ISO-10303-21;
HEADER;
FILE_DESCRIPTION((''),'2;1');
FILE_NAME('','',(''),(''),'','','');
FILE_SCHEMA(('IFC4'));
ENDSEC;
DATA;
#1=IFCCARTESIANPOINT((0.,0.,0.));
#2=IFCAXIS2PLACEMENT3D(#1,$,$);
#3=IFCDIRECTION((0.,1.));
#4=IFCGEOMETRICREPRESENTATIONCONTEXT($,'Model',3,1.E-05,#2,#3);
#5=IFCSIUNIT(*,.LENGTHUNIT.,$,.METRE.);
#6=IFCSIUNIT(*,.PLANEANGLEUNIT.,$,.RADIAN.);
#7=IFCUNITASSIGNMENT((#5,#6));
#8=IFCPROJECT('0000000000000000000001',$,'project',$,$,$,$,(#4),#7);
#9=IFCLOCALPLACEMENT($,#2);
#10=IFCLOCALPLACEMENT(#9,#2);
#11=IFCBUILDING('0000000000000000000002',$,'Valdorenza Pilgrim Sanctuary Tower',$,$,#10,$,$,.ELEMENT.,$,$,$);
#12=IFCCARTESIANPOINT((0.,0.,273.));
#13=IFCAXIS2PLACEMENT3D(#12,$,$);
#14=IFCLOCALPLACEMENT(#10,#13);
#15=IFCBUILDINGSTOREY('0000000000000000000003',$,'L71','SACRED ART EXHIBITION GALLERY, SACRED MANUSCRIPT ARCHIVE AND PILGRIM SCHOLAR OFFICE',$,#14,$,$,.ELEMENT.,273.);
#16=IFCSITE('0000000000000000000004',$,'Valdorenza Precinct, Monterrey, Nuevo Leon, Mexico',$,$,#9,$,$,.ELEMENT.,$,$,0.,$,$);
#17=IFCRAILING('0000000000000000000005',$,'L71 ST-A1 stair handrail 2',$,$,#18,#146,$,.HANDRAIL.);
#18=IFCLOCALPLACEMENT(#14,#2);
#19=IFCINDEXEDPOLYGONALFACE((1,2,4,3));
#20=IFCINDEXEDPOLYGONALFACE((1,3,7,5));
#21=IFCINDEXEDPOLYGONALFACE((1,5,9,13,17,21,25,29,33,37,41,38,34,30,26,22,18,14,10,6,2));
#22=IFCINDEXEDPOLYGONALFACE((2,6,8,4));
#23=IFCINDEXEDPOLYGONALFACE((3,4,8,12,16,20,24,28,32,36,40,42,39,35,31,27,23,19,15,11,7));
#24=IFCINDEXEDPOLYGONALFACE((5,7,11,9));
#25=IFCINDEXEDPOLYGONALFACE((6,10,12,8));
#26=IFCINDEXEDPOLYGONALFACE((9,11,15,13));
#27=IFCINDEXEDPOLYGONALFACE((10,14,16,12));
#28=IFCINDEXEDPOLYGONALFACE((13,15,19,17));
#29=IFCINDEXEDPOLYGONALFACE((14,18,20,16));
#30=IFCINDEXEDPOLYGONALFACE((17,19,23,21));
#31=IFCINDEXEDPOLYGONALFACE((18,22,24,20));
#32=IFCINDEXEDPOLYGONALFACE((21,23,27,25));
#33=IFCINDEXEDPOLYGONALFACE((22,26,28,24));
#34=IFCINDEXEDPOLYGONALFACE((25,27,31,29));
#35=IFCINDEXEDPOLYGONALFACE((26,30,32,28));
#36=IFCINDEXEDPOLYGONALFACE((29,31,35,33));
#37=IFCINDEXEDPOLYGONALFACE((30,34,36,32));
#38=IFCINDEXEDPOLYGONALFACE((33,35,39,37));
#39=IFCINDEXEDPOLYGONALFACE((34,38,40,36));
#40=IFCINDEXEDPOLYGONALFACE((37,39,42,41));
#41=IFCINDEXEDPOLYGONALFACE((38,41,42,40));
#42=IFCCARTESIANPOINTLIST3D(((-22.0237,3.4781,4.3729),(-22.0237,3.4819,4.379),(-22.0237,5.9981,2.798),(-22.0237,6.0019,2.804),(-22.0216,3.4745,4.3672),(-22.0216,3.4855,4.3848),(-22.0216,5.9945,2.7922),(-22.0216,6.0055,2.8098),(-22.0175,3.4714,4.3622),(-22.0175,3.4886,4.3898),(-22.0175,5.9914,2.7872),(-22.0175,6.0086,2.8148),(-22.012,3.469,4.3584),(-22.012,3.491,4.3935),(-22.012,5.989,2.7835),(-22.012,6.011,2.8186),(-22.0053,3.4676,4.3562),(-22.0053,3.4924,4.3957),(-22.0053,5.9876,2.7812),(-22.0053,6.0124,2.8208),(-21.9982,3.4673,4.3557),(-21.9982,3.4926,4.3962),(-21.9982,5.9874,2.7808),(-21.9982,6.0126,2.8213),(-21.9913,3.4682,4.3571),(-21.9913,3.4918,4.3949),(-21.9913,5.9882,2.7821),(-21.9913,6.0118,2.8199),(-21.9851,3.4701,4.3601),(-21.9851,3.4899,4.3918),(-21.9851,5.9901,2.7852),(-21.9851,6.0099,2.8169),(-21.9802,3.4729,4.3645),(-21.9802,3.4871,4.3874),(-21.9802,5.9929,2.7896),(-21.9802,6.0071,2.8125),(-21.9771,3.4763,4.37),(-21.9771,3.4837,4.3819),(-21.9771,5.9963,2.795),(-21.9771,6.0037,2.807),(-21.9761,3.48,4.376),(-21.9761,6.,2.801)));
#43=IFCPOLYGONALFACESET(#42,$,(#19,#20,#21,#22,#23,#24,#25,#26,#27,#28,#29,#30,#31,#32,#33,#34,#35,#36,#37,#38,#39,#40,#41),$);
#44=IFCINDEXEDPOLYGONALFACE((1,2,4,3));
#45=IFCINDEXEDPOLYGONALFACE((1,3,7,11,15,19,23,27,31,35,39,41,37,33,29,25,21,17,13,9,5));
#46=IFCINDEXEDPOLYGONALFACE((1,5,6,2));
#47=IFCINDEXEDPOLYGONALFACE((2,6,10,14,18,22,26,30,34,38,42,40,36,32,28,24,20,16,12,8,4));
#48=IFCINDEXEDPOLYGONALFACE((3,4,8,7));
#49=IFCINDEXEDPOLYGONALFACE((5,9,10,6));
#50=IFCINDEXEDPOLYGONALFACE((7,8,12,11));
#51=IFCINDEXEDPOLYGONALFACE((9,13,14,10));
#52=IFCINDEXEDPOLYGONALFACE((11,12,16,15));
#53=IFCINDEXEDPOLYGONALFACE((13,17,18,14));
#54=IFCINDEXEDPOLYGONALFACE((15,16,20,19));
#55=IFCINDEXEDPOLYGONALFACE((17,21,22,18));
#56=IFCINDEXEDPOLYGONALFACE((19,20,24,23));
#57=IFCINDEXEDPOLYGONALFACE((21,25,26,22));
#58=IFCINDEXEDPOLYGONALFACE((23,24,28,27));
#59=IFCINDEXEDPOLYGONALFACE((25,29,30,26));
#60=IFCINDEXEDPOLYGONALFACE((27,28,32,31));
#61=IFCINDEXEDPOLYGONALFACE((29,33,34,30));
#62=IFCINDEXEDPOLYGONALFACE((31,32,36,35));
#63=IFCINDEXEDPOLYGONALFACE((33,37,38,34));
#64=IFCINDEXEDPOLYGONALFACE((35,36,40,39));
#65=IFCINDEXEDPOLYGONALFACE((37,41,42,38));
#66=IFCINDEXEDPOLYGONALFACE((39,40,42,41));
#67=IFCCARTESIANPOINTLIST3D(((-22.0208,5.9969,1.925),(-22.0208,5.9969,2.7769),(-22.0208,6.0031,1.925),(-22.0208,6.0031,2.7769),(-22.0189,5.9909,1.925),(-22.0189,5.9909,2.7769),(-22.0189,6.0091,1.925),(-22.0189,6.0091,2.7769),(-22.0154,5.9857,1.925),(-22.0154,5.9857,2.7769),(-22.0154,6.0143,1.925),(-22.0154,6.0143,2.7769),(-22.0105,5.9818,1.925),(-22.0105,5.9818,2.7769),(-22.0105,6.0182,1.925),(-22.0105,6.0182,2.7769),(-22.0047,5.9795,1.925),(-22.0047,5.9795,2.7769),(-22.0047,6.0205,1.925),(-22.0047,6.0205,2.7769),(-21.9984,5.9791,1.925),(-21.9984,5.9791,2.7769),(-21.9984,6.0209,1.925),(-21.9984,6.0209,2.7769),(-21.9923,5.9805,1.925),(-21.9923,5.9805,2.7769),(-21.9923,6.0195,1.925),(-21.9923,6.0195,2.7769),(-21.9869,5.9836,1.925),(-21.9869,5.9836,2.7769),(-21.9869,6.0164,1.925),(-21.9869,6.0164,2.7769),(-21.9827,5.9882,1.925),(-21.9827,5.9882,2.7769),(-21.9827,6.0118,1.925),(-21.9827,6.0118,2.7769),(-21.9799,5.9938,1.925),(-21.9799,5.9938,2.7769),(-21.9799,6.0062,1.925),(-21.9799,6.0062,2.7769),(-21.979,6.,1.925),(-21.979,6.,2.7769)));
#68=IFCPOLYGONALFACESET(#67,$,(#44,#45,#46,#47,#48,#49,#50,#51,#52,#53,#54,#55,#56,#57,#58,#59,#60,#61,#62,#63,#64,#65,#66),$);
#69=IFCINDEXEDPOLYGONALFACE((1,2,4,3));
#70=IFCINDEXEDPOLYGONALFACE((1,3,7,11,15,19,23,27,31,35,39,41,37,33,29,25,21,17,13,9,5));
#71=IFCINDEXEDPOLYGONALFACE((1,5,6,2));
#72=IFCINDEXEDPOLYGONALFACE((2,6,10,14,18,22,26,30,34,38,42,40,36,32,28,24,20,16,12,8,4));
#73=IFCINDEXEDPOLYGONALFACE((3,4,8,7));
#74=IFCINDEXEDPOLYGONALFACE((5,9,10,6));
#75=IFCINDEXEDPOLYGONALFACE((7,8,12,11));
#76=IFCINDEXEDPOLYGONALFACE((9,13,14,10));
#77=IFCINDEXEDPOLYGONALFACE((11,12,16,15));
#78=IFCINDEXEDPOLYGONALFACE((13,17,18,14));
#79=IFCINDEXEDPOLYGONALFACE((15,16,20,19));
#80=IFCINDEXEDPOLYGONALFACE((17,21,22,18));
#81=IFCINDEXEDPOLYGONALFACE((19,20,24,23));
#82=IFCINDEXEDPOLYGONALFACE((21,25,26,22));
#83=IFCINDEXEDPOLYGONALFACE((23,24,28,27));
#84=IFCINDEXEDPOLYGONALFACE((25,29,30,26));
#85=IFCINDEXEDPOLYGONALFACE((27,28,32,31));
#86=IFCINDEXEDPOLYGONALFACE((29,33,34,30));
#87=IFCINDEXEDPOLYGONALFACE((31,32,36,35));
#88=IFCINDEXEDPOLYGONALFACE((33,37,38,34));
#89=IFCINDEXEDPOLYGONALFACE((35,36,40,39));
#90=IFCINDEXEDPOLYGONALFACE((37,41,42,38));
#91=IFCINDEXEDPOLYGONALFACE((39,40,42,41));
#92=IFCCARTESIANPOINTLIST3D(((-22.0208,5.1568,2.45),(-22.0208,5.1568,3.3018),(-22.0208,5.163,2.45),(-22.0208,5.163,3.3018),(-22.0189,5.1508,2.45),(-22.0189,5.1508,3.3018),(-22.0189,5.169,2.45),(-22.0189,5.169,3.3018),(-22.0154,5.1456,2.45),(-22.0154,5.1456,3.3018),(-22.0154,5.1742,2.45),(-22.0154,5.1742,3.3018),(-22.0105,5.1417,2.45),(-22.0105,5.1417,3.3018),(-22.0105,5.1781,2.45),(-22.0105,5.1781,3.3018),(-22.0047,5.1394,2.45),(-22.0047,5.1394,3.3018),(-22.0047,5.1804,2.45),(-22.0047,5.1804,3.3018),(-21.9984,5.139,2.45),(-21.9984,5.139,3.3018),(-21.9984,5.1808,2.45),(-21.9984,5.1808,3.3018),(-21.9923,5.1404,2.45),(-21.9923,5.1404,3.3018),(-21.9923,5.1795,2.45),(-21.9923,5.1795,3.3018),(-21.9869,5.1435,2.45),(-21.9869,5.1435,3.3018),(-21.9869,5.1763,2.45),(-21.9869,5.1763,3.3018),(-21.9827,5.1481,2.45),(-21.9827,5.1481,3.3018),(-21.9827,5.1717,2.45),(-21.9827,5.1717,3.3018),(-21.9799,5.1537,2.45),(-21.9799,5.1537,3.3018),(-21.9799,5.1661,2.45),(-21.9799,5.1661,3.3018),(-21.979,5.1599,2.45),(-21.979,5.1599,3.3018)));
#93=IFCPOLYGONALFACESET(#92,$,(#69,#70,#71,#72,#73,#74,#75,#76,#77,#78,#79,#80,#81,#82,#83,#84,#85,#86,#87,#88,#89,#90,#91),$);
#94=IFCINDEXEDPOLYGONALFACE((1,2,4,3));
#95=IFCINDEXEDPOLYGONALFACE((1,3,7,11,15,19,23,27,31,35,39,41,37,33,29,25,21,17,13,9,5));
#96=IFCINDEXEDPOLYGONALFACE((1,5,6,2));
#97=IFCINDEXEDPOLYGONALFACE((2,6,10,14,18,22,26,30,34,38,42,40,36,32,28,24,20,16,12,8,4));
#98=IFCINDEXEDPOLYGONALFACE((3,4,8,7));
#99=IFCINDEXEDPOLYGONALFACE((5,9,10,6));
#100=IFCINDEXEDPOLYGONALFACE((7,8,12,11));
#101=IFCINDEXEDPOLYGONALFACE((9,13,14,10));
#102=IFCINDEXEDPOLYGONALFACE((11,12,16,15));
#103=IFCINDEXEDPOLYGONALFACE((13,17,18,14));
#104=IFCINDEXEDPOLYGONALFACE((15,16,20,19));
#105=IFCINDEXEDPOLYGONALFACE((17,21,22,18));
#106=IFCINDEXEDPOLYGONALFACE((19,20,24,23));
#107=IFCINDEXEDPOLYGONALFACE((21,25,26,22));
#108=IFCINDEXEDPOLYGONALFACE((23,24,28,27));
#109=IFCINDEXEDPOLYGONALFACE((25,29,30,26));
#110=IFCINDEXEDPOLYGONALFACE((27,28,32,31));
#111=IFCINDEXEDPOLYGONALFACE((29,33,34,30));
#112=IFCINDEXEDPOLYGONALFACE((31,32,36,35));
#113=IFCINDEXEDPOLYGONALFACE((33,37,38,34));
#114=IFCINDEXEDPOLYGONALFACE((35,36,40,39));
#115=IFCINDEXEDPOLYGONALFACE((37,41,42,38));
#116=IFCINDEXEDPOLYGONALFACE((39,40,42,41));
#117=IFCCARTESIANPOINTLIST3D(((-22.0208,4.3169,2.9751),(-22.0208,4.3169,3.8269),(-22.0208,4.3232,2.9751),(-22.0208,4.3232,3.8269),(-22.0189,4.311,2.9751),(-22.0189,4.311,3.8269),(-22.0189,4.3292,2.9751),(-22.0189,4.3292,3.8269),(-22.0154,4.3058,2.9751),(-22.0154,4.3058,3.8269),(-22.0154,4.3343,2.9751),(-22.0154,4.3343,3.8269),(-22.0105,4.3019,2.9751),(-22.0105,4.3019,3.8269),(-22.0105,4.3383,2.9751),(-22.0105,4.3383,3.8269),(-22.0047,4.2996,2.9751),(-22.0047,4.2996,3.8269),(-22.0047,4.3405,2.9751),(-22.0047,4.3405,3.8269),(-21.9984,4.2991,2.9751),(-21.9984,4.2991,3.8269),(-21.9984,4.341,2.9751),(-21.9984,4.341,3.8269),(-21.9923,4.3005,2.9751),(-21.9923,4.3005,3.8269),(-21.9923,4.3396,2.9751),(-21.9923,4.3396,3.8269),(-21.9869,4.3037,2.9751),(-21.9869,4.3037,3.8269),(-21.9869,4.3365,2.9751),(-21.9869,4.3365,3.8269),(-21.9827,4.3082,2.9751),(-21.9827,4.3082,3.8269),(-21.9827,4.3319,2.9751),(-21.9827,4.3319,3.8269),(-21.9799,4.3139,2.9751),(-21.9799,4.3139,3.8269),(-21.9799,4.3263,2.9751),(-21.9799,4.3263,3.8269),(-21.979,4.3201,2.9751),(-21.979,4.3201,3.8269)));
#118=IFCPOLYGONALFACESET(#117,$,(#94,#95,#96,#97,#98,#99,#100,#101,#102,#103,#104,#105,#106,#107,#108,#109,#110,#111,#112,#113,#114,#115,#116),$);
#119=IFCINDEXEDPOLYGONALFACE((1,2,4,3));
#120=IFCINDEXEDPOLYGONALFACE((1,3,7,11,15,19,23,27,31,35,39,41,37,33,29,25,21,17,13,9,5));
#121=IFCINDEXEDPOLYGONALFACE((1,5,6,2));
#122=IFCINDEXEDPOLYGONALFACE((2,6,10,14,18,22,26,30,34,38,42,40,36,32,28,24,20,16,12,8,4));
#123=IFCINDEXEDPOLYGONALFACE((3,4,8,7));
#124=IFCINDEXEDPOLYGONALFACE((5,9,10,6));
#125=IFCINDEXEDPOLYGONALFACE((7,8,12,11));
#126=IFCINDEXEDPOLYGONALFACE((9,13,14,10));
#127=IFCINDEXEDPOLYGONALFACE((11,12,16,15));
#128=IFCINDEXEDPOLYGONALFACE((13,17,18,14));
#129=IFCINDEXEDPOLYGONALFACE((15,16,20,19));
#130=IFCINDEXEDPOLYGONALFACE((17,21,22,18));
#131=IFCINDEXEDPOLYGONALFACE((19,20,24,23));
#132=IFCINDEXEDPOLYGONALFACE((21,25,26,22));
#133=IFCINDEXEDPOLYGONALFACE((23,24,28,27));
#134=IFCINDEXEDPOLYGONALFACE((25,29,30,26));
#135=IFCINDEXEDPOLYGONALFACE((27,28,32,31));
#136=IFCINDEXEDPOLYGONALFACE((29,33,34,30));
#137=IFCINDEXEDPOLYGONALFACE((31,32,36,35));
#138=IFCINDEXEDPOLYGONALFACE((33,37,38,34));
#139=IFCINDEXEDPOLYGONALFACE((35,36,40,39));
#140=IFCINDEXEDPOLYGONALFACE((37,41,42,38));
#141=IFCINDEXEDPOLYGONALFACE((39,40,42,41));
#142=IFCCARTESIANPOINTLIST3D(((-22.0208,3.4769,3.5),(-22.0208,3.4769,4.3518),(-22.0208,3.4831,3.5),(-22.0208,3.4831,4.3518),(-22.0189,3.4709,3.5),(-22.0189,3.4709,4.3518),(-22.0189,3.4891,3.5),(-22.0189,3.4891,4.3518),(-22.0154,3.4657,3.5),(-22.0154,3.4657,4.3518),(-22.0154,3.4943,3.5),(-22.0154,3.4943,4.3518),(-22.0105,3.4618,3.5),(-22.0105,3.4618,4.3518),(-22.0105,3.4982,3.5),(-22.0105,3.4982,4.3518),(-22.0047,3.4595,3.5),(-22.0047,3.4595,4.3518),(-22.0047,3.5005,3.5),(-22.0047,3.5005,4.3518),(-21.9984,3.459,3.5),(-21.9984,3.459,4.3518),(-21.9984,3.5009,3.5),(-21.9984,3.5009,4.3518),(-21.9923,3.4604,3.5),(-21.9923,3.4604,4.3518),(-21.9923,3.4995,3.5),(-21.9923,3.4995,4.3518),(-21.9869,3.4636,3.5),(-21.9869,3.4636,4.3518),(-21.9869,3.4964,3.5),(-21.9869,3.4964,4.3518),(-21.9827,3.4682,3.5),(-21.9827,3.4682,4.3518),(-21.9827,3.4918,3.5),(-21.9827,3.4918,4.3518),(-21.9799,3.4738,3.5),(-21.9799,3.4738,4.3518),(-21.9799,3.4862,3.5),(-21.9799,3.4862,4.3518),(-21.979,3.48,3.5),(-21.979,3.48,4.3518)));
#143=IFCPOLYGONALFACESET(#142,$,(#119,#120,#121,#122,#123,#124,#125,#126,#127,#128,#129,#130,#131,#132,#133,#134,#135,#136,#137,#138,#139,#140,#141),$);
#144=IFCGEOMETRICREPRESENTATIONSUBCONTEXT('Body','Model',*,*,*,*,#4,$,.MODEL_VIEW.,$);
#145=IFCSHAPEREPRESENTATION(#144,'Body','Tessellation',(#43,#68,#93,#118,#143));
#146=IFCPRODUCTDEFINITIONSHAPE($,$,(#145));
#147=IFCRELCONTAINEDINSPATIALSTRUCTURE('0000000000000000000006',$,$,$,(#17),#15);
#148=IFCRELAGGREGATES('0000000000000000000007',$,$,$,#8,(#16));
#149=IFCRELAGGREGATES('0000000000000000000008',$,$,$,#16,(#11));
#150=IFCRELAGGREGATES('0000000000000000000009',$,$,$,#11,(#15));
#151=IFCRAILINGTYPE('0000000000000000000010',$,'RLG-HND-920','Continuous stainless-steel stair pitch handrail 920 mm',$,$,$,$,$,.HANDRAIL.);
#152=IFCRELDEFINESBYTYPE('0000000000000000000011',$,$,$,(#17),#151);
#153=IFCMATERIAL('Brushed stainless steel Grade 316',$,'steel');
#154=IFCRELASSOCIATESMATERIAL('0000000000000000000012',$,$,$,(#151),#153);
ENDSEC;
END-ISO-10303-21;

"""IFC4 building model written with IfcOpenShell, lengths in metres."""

from ifc_helpers import new_model, si_unit, direction, frame, origin, origin_2d, place, context, subcontext, project, spatial, circle, extrude, material, type_object, element, save


model = new_model("IFC4")

# Units and contexts
model_context = context("Model", 3, precision=1e-05, world=origin(), true_north=direction((0.0, 1.0)))
body_context = subcontext(model_context, "Body", "Model", "MODEL_VIEW")
ifc_project = project(units=[si_unit("LENGTHUNIT", "METRE"), si_unit("PLANEANGLEUNIT", "RADIAN")], contexts=[model_context])

# Site, building, storey
site_placement = place(None, origin())
site = spatial("IfcSite", under=ifc_project, at=site_placement, Name="Valdorenza Precinct, Monterrey, Nuevo Leon, Mexico", CompositionType="ELEMENT", RefElevation=0.0)
building_placement = place(site_placement, origin())
building = spatial("IfcBuilding", under=site, at=building_placement, Name="Valdorenza Pilgrim Sanctuary Tower", CompositionType="ELEMENT")
storey_placement = place(building_placement, frame((0.0, 0.0, 273.0)))
storey = spatial("IfcBuildingStorey", under=building, at=storey_placement, Name="L71", Description="SACRED ART EXHIBITION GALLERY, SACRED MANUSCRIPT ARCHIVE AND PILGRIM SCHOLAR OFFICE", CompositionType="ELEMENT", Elevation=273.0)

# Railing
ifc_material_1 = material(Name="Brushed stainless steel Grade 316", Category="steel")
railing_type_1 = type_object("IfcRailingType", Name="RLG-HND-920", Description="Continuous stainless-steel stair pitch handrail 920 mm", PredefinedType="HANDRAIL", material=ifc_material_1)
railing_1_placement = place(storey_placement, frame((-22.0, 6.0, 1.925)))
element("IfcRailing", 1, at=railing_1_placement, inside=storey, type_object=railing_type_1, Name="L71 ST-A1 stair handrail 2", PredefinedType="HANDRAIL", context=body_context, shape_type="SweptSolid", body=[
    extrude(circle(Radius=0.0239, at=origin_2d()), frame((0.0, 0.0, 0.876), z_axis=(0.0, -0.848008, 0.529984), x_axis=(1.0, 0.0, 0.0)), (0.0, 0.0, 1.0), 2.9717),
    extrude(circle(Radius=0.021, at=origin_2d()), origin(), (0.0, 0.0, 1.0), 0.8518),
    extrude(circle(Radius=0.021, at=origin_2d()), frame((0.0, -0.8401, 0.5249)), (0.0, 0.0, 1.0), 0.8518),
    extrude(circle(Radius=0.021, at=origin_2d()), frame((0.0, -1.6799, 1.05)), (0.0, 0.0, 1.0), 0.8518),
    extrude(circle(Radius=0.021, at=origin_2d()), frame((0.0, -2.52, 1.575)), (0.0, 0.0, 1.0), 0.8518),
])

save(model, "model.ifc")
